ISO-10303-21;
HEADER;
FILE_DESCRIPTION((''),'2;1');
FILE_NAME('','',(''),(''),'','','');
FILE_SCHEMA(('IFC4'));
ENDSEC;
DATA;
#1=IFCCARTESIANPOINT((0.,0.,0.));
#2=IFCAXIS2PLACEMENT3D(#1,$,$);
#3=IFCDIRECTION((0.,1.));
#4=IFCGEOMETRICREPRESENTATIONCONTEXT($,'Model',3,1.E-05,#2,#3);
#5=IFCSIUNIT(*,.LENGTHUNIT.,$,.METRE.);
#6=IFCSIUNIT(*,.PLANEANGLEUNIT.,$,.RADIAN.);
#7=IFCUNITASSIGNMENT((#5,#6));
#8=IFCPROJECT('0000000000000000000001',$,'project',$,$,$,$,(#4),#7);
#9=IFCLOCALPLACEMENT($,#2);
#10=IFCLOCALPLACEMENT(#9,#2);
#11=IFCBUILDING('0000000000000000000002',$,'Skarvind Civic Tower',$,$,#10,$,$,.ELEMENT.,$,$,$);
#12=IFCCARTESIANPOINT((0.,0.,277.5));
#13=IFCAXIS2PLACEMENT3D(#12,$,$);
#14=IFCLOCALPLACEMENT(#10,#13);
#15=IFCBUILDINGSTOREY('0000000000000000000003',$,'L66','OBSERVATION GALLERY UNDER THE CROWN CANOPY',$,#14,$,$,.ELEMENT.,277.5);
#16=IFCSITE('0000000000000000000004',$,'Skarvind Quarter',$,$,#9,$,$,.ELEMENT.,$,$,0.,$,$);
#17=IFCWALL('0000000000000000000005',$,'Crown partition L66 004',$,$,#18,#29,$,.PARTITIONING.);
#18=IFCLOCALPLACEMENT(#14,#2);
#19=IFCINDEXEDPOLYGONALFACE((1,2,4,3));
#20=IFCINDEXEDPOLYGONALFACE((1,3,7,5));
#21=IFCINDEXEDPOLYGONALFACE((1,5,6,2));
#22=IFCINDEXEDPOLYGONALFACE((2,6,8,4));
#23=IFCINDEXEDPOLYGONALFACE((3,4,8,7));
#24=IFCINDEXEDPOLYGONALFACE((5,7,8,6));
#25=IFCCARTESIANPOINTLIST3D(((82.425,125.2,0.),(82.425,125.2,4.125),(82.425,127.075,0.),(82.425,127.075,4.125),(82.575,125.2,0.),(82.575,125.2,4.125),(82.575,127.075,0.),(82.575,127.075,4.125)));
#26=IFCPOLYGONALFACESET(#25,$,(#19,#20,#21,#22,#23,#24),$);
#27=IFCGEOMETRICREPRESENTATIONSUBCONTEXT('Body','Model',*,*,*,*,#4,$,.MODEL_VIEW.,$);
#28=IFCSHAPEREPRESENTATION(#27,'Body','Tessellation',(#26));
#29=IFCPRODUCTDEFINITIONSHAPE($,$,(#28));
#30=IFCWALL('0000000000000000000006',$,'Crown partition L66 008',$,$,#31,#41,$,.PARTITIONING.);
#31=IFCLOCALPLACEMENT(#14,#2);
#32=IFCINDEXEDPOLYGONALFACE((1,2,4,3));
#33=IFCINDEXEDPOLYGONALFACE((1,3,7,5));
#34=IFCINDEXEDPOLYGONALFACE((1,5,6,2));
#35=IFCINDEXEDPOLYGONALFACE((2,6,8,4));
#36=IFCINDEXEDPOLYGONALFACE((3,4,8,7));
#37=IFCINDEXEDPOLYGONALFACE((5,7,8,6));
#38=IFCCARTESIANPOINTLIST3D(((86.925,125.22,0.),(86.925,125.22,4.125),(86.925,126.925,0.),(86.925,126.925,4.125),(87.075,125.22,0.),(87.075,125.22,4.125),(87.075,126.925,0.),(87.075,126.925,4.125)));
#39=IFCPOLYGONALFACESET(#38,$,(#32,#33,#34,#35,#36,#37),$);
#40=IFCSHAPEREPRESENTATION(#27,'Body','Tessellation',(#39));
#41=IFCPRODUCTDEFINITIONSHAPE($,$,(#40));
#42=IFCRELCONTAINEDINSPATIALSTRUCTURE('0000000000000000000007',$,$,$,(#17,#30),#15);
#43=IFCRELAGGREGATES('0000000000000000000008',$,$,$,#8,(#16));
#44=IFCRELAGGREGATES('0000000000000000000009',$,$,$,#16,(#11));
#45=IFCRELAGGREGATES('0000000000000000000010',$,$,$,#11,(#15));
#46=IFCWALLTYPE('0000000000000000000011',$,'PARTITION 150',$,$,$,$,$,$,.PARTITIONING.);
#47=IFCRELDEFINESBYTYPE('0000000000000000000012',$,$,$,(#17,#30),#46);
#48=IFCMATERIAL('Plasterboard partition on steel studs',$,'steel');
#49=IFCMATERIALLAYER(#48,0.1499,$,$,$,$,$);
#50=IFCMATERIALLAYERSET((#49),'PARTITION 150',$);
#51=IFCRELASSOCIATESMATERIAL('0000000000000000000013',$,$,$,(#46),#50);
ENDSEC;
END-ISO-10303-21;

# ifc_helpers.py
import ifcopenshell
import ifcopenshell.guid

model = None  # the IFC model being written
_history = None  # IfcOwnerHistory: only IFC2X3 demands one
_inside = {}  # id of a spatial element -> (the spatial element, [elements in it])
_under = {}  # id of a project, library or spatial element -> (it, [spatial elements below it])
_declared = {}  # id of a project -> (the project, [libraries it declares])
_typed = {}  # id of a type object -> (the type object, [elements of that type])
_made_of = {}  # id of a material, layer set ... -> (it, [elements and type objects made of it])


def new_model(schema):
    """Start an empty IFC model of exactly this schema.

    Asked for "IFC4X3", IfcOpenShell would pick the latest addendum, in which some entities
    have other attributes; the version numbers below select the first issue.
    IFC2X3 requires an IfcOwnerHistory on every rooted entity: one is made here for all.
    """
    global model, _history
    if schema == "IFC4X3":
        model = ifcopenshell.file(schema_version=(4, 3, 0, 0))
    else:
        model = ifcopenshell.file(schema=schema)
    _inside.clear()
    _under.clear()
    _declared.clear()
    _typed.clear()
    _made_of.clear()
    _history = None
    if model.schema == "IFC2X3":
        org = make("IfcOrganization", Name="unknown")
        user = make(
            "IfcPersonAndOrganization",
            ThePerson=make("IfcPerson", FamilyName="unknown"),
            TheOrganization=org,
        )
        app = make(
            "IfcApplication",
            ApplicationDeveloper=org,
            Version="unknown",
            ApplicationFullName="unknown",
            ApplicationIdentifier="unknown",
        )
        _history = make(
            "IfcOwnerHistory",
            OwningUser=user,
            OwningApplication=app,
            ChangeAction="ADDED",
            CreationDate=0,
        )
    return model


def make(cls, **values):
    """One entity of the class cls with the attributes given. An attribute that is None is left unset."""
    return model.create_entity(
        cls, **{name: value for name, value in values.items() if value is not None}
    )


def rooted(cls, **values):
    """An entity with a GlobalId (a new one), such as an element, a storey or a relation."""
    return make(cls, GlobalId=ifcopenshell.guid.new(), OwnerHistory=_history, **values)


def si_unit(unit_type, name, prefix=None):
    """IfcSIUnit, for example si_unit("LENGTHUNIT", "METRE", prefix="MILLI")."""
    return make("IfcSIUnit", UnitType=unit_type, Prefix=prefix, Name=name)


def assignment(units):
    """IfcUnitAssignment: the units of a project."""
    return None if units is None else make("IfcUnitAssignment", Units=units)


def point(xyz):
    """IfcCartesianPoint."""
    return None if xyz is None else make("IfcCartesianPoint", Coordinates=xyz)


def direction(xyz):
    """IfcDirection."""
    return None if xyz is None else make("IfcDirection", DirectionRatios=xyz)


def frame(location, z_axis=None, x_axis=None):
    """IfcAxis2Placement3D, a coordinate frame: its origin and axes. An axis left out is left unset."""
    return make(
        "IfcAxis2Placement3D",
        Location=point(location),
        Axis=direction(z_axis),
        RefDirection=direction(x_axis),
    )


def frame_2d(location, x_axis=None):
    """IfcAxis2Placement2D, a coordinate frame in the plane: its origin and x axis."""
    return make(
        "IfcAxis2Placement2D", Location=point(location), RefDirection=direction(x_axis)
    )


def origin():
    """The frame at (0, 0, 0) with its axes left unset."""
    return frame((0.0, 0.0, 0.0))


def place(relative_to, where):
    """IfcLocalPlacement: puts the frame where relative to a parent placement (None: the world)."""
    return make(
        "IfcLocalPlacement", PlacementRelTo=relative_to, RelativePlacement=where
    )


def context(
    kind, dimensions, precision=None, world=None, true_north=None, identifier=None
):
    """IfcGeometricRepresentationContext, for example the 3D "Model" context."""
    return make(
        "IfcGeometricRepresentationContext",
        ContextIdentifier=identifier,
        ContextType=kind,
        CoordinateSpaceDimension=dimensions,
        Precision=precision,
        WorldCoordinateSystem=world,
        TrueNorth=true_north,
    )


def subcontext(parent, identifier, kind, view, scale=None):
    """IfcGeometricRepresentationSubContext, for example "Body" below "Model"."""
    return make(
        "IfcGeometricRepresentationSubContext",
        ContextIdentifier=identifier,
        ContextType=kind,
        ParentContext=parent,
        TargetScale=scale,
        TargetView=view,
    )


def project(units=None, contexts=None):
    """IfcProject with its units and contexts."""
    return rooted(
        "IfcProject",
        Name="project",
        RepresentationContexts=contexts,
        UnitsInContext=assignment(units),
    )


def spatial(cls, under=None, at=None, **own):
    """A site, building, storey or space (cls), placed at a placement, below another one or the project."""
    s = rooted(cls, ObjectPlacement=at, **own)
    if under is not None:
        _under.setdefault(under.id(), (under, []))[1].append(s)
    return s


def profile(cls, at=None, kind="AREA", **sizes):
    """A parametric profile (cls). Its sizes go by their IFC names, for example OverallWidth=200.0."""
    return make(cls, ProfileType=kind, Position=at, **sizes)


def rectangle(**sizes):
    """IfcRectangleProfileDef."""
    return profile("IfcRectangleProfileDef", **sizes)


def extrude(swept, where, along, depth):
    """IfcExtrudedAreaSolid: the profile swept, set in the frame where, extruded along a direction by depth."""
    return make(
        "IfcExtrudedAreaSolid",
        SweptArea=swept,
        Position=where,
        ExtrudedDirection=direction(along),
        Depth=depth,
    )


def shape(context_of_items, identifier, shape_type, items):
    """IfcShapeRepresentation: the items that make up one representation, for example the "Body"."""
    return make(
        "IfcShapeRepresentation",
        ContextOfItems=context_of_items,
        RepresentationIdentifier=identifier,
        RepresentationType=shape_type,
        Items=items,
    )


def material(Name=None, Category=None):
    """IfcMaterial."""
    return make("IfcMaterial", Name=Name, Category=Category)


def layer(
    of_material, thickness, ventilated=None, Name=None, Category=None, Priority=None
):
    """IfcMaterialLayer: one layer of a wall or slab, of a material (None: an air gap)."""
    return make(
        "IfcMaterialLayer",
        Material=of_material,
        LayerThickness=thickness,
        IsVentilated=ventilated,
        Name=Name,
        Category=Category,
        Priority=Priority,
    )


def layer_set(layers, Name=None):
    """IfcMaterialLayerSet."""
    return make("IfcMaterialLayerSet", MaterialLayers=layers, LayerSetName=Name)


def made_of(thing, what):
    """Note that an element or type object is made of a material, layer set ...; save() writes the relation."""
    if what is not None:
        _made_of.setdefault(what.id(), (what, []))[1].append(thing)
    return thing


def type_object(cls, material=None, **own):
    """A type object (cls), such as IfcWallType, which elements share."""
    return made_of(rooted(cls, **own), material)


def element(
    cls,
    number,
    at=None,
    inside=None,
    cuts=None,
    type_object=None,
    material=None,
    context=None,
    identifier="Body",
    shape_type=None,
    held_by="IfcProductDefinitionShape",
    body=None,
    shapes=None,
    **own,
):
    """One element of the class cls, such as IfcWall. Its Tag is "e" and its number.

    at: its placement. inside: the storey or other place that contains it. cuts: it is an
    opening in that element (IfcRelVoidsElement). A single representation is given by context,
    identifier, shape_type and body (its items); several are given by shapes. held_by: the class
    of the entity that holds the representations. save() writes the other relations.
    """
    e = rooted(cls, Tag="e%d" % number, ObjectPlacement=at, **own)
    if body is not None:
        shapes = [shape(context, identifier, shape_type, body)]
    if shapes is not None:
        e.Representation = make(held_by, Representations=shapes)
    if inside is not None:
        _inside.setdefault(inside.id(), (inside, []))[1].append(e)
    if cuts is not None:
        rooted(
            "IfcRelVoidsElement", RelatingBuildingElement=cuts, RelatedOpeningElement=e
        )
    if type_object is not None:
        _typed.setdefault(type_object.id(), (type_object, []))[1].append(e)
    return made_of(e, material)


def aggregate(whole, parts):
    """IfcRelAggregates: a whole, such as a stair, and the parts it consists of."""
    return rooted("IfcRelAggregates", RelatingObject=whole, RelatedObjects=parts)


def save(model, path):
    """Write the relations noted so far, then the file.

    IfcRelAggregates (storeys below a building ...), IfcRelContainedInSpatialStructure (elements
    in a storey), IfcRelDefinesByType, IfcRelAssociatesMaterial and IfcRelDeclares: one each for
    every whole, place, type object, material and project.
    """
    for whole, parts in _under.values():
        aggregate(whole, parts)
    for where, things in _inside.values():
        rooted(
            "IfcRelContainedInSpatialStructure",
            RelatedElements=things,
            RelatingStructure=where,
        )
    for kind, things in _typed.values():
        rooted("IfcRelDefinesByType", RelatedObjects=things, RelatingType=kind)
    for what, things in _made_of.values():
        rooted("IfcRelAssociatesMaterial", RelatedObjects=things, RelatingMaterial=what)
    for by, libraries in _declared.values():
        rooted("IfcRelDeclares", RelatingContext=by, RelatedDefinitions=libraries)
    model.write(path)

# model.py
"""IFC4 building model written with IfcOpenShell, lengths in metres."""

from ifc_helpers import new_model, si_unit, direction, frame, frame_2d, origin, place, context, subcontext, project, spatial, rectangle, extrude, material, layer, layer_set, type_object, element, save


model = new_model("IFC4")

# Units and contexts
model_context = context("Model", 3, precision=1e-05, world=origin(), true_north=direction((0.0, 1.0)))
body_context = subcontext(model_context, "Body", "Model", "MODEL_VIEW")
ifc_project = project(units=[si_unit("LENGTHUNIT", "METRE"), si_unit("PLANEANGLEUNIT", "RADIAN")], contexts=[model_context])

# Site, building, storey
site_placement = place(None, origin())
site = spatial("IfcSite", under=ifc_project, at=site_placement, Name="Skarvind Quarter", CompositionType="ELEMENT", RefElevation=0.0)
building_placement = place(site_placement, origin())
building = spatial("IfcBuilding", under=site, at=building_placement, Name="Skarvind Civic Tower", CompositionType="ELEMENT")
storey_placement = place(building_placement, frame((0.0, 0.0, 277.5)))
storey = spatial("IfcBuildingStorey", under=building, at=storey_placement, Name="L66", Description="OBSERVATION GALLERY UNDER THE CROWN CANOPY", CompositionType="ELEMENT", Elevation=277.5)

# Walls
ifc_material_1 = material(Name="Plasterboard partition on steel studs", Category="steel")
ifc_layer_1 = layer(ifc_material_1, 0.1499)
ifc_layer_set_1 = layer_set([ifc_layer_1], Name="PARTITION 150")
wall_type = type_object("IfcWallType", Name="PARTITION 150", PredefinedType="PARTITIONING", material=ifc_layer_set_1)
wall_1_placement = place(storey_placement, frame((82.5, 125.2, 0.0), z_axis=(0.0, 0.0, 1.0), x_axis=(0.0, 1.0, 0.0)))
element("IfcWall", 1, at=wall_1_placement, inside=storey, type_object=wall_type, Name="Crown partition L66 004", PredefinedType="PARTITIONING", context=body_context, shape_type="SweptSolid", body=[
    extrude(rectangle(XDim=1.875, YDim=0.1499, at=frame_2d((0.9375, 0.0))), origin(), (0.0, 0.0, 1.0), 4.125),
])
wall_2_placement = place(storey_placement, frame((87.0, 125.22, 0.0), z_axis=(0.0, 0.0, 1.0), x_axis=(0.0, 1.0, 0.0)))
element("IfcWall", 2, at=wall_2_placement, inside=storey, type_object=wall_type, Name="Crown partition L66 008", PredefinedType="PARTITIONING", context=body_context, shape_type="SweptSolid", body=[
    extrude(rectangle(XDim=1.7051, YDim=0.1499, at=frame_2d((0.8525, 0.0))), origin(), (0.0, 0.0, 1.0), 4.125),
])

save(model, "model.ifc")
